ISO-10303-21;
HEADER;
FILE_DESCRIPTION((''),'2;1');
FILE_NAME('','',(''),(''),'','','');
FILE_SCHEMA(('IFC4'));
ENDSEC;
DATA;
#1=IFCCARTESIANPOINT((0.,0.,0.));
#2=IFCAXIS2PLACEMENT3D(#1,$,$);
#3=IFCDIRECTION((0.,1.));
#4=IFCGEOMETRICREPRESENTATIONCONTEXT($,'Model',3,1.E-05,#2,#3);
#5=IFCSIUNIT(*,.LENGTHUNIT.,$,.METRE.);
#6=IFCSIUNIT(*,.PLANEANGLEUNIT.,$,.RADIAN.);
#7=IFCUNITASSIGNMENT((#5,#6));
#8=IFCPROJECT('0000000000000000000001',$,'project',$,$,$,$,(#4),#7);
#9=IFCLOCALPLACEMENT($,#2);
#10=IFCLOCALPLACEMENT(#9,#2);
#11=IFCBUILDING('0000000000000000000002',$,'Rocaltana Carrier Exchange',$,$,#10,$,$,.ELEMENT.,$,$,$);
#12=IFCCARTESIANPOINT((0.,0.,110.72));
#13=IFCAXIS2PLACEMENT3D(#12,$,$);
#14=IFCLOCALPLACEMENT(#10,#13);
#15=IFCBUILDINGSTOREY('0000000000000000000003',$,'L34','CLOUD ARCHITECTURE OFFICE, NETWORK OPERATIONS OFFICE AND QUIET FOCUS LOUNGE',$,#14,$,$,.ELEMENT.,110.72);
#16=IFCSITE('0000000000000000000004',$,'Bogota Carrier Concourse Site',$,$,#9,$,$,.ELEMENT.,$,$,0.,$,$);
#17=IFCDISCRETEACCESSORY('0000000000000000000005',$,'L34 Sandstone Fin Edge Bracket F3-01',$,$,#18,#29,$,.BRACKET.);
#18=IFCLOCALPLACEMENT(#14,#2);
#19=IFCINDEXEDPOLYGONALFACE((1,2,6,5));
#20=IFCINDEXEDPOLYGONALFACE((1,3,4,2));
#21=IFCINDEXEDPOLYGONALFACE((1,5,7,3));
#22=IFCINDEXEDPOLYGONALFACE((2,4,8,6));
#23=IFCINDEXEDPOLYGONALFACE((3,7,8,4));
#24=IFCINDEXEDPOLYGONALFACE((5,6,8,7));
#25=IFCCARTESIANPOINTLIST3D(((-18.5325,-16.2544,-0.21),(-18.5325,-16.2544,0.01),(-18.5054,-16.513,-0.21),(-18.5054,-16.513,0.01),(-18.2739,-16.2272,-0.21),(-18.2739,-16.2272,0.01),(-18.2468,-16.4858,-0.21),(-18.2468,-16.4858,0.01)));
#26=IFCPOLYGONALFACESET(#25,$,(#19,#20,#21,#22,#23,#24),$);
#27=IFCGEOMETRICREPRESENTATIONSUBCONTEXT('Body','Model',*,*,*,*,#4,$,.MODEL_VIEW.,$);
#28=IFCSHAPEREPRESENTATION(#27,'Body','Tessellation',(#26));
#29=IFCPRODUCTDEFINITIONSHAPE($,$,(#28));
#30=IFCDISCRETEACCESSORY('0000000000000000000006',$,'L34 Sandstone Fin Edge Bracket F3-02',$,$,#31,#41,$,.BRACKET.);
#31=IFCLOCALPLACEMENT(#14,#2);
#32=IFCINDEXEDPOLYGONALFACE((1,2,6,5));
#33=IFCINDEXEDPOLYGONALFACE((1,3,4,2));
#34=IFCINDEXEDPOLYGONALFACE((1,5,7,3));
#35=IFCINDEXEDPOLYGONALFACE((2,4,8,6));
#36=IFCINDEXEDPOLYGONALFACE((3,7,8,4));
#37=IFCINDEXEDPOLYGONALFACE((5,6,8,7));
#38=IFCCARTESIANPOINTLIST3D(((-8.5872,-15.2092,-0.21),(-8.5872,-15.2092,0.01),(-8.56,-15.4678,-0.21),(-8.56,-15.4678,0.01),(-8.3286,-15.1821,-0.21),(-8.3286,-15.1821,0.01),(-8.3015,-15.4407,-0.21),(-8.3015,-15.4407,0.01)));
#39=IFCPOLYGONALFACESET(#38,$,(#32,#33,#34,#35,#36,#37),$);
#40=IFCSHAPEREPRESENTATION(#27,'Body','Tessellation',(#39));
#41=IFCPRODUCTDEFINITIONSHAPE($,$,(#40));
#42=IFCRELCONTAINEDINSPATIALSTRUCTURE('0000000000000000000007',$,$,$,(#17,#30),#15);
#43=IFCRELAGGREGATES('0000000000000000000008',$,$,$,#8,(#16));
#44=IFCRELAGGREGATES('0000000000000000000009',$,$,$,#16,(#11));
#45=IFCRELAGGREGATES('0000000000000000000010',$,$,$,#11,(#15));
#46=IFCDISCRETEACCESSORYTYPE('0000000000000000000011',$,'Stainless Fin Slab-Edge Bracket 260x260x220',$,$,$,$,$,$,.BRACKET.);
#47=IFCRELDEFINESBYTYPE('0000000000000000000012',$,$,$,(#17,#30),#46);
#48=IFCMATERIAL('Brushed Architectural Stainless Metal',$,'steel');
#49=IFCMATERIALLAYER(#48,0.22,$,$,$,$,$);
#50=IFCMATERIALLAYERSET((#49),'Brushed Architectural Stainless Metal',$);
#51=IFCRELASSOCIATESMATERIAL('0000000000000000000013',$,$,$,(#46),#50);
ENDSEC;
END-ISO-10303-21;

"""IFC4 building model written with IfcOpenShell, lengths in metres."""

from ifc_helpers import new_model, si_unit, direction, frame, origin, origin_2d, place, context, subcontext, project, spatial, rectangle, extrude, material, layer, layer_set, type_object, element, save


model = new_model("IFC4")

# Units and contexts
model_context = context("Model", 3, precision=1e-05, world=origin(), true_north=direction((0.0, 1.0)))
body_context = subcontext(model_context, "Body", "Model", "MODEL_VIEW")
ifc_project = project(units=[si_unit("LENGTHUNIT", "METRE"), si_unit("PLANEANGLEUNIT", "RADIAN")], contexts=[model_context])

# Site, building, storey
site_placement = place(None, origin())
site = spatial("IfcSite", under=ifc_project, at=site_placement, Name="Bogota Carrier Concourse Site", CompositionType="ELEMENT", RefElevation=0.0)
building_placement = place(site_placement, origin())
building = spatial("IfcBuilding", under=site, at=building_placement, Name="Rocaltana Carrier Exchange", CompositionType="ELEMENT")
storey_placement = place(building_placement, frame((0.0, 0.0, 110.72)))
storey = spatial("IfcBuildingStorey", under=building, at=storey_placement, Name="L34", Description="CLOUD ARCHITECTURE OFFICE, NETWORK OPERATIONS OFFICE AND QUIET FOCUS LOUNGE", CompositionType="ELEMENT", Elevation=110.72)

# Discrete accessories
ifc_material_1 = material(Name="Brushed Architectural Stainless Metal", Category="steel")
ifc_layer_1 = layer(ifc_material_1, 0.22)
ifc_layer_set_1 = layer_set([ifc_layer_1], Name="Brushed Architectural Stainless Metal")
discrete_accessory_type = type_object("IfcDiscreteAccessoryType", Name="Stainless Fin Slab-Edge Bracket 260x260x220", PredefinedType="BRACKET", material=ifc_layer_set_1)
for number, where, z_axis, x_axis, name in (
    (1, (-18.3896, -16.3701, -0.21), (0.0, 0.0, 1.0), (0.994522, 0.104528, 0.0), "L34 Sandstone Fin Edge Bracket F3-01"),
    (2, (-8.4443, -15.325, -0.21), (0.0, 0.0, 1.0), (0.994522, 0.104528, 0.0), "L34 Sandstone Fin Edge Bracket F3-02"),
):
    element("IfcDiscreteAccessory", number, at=place(storey_placement, frame(where, z_axis=z_axis, x_axis=x_axis)), inside=storey, type_object=discrete_accessory_type, Name=name, PredefinedType="BRACKET", context=body_context, shape_type="SweptSolid", body=[
        extrude(rectangle(XDim=0.26, YDim=0.26, at=origin_2d()), origin(), (0.0, 0.0, 1.0), 0.22),
    ])

save(model, "model.ifc")
